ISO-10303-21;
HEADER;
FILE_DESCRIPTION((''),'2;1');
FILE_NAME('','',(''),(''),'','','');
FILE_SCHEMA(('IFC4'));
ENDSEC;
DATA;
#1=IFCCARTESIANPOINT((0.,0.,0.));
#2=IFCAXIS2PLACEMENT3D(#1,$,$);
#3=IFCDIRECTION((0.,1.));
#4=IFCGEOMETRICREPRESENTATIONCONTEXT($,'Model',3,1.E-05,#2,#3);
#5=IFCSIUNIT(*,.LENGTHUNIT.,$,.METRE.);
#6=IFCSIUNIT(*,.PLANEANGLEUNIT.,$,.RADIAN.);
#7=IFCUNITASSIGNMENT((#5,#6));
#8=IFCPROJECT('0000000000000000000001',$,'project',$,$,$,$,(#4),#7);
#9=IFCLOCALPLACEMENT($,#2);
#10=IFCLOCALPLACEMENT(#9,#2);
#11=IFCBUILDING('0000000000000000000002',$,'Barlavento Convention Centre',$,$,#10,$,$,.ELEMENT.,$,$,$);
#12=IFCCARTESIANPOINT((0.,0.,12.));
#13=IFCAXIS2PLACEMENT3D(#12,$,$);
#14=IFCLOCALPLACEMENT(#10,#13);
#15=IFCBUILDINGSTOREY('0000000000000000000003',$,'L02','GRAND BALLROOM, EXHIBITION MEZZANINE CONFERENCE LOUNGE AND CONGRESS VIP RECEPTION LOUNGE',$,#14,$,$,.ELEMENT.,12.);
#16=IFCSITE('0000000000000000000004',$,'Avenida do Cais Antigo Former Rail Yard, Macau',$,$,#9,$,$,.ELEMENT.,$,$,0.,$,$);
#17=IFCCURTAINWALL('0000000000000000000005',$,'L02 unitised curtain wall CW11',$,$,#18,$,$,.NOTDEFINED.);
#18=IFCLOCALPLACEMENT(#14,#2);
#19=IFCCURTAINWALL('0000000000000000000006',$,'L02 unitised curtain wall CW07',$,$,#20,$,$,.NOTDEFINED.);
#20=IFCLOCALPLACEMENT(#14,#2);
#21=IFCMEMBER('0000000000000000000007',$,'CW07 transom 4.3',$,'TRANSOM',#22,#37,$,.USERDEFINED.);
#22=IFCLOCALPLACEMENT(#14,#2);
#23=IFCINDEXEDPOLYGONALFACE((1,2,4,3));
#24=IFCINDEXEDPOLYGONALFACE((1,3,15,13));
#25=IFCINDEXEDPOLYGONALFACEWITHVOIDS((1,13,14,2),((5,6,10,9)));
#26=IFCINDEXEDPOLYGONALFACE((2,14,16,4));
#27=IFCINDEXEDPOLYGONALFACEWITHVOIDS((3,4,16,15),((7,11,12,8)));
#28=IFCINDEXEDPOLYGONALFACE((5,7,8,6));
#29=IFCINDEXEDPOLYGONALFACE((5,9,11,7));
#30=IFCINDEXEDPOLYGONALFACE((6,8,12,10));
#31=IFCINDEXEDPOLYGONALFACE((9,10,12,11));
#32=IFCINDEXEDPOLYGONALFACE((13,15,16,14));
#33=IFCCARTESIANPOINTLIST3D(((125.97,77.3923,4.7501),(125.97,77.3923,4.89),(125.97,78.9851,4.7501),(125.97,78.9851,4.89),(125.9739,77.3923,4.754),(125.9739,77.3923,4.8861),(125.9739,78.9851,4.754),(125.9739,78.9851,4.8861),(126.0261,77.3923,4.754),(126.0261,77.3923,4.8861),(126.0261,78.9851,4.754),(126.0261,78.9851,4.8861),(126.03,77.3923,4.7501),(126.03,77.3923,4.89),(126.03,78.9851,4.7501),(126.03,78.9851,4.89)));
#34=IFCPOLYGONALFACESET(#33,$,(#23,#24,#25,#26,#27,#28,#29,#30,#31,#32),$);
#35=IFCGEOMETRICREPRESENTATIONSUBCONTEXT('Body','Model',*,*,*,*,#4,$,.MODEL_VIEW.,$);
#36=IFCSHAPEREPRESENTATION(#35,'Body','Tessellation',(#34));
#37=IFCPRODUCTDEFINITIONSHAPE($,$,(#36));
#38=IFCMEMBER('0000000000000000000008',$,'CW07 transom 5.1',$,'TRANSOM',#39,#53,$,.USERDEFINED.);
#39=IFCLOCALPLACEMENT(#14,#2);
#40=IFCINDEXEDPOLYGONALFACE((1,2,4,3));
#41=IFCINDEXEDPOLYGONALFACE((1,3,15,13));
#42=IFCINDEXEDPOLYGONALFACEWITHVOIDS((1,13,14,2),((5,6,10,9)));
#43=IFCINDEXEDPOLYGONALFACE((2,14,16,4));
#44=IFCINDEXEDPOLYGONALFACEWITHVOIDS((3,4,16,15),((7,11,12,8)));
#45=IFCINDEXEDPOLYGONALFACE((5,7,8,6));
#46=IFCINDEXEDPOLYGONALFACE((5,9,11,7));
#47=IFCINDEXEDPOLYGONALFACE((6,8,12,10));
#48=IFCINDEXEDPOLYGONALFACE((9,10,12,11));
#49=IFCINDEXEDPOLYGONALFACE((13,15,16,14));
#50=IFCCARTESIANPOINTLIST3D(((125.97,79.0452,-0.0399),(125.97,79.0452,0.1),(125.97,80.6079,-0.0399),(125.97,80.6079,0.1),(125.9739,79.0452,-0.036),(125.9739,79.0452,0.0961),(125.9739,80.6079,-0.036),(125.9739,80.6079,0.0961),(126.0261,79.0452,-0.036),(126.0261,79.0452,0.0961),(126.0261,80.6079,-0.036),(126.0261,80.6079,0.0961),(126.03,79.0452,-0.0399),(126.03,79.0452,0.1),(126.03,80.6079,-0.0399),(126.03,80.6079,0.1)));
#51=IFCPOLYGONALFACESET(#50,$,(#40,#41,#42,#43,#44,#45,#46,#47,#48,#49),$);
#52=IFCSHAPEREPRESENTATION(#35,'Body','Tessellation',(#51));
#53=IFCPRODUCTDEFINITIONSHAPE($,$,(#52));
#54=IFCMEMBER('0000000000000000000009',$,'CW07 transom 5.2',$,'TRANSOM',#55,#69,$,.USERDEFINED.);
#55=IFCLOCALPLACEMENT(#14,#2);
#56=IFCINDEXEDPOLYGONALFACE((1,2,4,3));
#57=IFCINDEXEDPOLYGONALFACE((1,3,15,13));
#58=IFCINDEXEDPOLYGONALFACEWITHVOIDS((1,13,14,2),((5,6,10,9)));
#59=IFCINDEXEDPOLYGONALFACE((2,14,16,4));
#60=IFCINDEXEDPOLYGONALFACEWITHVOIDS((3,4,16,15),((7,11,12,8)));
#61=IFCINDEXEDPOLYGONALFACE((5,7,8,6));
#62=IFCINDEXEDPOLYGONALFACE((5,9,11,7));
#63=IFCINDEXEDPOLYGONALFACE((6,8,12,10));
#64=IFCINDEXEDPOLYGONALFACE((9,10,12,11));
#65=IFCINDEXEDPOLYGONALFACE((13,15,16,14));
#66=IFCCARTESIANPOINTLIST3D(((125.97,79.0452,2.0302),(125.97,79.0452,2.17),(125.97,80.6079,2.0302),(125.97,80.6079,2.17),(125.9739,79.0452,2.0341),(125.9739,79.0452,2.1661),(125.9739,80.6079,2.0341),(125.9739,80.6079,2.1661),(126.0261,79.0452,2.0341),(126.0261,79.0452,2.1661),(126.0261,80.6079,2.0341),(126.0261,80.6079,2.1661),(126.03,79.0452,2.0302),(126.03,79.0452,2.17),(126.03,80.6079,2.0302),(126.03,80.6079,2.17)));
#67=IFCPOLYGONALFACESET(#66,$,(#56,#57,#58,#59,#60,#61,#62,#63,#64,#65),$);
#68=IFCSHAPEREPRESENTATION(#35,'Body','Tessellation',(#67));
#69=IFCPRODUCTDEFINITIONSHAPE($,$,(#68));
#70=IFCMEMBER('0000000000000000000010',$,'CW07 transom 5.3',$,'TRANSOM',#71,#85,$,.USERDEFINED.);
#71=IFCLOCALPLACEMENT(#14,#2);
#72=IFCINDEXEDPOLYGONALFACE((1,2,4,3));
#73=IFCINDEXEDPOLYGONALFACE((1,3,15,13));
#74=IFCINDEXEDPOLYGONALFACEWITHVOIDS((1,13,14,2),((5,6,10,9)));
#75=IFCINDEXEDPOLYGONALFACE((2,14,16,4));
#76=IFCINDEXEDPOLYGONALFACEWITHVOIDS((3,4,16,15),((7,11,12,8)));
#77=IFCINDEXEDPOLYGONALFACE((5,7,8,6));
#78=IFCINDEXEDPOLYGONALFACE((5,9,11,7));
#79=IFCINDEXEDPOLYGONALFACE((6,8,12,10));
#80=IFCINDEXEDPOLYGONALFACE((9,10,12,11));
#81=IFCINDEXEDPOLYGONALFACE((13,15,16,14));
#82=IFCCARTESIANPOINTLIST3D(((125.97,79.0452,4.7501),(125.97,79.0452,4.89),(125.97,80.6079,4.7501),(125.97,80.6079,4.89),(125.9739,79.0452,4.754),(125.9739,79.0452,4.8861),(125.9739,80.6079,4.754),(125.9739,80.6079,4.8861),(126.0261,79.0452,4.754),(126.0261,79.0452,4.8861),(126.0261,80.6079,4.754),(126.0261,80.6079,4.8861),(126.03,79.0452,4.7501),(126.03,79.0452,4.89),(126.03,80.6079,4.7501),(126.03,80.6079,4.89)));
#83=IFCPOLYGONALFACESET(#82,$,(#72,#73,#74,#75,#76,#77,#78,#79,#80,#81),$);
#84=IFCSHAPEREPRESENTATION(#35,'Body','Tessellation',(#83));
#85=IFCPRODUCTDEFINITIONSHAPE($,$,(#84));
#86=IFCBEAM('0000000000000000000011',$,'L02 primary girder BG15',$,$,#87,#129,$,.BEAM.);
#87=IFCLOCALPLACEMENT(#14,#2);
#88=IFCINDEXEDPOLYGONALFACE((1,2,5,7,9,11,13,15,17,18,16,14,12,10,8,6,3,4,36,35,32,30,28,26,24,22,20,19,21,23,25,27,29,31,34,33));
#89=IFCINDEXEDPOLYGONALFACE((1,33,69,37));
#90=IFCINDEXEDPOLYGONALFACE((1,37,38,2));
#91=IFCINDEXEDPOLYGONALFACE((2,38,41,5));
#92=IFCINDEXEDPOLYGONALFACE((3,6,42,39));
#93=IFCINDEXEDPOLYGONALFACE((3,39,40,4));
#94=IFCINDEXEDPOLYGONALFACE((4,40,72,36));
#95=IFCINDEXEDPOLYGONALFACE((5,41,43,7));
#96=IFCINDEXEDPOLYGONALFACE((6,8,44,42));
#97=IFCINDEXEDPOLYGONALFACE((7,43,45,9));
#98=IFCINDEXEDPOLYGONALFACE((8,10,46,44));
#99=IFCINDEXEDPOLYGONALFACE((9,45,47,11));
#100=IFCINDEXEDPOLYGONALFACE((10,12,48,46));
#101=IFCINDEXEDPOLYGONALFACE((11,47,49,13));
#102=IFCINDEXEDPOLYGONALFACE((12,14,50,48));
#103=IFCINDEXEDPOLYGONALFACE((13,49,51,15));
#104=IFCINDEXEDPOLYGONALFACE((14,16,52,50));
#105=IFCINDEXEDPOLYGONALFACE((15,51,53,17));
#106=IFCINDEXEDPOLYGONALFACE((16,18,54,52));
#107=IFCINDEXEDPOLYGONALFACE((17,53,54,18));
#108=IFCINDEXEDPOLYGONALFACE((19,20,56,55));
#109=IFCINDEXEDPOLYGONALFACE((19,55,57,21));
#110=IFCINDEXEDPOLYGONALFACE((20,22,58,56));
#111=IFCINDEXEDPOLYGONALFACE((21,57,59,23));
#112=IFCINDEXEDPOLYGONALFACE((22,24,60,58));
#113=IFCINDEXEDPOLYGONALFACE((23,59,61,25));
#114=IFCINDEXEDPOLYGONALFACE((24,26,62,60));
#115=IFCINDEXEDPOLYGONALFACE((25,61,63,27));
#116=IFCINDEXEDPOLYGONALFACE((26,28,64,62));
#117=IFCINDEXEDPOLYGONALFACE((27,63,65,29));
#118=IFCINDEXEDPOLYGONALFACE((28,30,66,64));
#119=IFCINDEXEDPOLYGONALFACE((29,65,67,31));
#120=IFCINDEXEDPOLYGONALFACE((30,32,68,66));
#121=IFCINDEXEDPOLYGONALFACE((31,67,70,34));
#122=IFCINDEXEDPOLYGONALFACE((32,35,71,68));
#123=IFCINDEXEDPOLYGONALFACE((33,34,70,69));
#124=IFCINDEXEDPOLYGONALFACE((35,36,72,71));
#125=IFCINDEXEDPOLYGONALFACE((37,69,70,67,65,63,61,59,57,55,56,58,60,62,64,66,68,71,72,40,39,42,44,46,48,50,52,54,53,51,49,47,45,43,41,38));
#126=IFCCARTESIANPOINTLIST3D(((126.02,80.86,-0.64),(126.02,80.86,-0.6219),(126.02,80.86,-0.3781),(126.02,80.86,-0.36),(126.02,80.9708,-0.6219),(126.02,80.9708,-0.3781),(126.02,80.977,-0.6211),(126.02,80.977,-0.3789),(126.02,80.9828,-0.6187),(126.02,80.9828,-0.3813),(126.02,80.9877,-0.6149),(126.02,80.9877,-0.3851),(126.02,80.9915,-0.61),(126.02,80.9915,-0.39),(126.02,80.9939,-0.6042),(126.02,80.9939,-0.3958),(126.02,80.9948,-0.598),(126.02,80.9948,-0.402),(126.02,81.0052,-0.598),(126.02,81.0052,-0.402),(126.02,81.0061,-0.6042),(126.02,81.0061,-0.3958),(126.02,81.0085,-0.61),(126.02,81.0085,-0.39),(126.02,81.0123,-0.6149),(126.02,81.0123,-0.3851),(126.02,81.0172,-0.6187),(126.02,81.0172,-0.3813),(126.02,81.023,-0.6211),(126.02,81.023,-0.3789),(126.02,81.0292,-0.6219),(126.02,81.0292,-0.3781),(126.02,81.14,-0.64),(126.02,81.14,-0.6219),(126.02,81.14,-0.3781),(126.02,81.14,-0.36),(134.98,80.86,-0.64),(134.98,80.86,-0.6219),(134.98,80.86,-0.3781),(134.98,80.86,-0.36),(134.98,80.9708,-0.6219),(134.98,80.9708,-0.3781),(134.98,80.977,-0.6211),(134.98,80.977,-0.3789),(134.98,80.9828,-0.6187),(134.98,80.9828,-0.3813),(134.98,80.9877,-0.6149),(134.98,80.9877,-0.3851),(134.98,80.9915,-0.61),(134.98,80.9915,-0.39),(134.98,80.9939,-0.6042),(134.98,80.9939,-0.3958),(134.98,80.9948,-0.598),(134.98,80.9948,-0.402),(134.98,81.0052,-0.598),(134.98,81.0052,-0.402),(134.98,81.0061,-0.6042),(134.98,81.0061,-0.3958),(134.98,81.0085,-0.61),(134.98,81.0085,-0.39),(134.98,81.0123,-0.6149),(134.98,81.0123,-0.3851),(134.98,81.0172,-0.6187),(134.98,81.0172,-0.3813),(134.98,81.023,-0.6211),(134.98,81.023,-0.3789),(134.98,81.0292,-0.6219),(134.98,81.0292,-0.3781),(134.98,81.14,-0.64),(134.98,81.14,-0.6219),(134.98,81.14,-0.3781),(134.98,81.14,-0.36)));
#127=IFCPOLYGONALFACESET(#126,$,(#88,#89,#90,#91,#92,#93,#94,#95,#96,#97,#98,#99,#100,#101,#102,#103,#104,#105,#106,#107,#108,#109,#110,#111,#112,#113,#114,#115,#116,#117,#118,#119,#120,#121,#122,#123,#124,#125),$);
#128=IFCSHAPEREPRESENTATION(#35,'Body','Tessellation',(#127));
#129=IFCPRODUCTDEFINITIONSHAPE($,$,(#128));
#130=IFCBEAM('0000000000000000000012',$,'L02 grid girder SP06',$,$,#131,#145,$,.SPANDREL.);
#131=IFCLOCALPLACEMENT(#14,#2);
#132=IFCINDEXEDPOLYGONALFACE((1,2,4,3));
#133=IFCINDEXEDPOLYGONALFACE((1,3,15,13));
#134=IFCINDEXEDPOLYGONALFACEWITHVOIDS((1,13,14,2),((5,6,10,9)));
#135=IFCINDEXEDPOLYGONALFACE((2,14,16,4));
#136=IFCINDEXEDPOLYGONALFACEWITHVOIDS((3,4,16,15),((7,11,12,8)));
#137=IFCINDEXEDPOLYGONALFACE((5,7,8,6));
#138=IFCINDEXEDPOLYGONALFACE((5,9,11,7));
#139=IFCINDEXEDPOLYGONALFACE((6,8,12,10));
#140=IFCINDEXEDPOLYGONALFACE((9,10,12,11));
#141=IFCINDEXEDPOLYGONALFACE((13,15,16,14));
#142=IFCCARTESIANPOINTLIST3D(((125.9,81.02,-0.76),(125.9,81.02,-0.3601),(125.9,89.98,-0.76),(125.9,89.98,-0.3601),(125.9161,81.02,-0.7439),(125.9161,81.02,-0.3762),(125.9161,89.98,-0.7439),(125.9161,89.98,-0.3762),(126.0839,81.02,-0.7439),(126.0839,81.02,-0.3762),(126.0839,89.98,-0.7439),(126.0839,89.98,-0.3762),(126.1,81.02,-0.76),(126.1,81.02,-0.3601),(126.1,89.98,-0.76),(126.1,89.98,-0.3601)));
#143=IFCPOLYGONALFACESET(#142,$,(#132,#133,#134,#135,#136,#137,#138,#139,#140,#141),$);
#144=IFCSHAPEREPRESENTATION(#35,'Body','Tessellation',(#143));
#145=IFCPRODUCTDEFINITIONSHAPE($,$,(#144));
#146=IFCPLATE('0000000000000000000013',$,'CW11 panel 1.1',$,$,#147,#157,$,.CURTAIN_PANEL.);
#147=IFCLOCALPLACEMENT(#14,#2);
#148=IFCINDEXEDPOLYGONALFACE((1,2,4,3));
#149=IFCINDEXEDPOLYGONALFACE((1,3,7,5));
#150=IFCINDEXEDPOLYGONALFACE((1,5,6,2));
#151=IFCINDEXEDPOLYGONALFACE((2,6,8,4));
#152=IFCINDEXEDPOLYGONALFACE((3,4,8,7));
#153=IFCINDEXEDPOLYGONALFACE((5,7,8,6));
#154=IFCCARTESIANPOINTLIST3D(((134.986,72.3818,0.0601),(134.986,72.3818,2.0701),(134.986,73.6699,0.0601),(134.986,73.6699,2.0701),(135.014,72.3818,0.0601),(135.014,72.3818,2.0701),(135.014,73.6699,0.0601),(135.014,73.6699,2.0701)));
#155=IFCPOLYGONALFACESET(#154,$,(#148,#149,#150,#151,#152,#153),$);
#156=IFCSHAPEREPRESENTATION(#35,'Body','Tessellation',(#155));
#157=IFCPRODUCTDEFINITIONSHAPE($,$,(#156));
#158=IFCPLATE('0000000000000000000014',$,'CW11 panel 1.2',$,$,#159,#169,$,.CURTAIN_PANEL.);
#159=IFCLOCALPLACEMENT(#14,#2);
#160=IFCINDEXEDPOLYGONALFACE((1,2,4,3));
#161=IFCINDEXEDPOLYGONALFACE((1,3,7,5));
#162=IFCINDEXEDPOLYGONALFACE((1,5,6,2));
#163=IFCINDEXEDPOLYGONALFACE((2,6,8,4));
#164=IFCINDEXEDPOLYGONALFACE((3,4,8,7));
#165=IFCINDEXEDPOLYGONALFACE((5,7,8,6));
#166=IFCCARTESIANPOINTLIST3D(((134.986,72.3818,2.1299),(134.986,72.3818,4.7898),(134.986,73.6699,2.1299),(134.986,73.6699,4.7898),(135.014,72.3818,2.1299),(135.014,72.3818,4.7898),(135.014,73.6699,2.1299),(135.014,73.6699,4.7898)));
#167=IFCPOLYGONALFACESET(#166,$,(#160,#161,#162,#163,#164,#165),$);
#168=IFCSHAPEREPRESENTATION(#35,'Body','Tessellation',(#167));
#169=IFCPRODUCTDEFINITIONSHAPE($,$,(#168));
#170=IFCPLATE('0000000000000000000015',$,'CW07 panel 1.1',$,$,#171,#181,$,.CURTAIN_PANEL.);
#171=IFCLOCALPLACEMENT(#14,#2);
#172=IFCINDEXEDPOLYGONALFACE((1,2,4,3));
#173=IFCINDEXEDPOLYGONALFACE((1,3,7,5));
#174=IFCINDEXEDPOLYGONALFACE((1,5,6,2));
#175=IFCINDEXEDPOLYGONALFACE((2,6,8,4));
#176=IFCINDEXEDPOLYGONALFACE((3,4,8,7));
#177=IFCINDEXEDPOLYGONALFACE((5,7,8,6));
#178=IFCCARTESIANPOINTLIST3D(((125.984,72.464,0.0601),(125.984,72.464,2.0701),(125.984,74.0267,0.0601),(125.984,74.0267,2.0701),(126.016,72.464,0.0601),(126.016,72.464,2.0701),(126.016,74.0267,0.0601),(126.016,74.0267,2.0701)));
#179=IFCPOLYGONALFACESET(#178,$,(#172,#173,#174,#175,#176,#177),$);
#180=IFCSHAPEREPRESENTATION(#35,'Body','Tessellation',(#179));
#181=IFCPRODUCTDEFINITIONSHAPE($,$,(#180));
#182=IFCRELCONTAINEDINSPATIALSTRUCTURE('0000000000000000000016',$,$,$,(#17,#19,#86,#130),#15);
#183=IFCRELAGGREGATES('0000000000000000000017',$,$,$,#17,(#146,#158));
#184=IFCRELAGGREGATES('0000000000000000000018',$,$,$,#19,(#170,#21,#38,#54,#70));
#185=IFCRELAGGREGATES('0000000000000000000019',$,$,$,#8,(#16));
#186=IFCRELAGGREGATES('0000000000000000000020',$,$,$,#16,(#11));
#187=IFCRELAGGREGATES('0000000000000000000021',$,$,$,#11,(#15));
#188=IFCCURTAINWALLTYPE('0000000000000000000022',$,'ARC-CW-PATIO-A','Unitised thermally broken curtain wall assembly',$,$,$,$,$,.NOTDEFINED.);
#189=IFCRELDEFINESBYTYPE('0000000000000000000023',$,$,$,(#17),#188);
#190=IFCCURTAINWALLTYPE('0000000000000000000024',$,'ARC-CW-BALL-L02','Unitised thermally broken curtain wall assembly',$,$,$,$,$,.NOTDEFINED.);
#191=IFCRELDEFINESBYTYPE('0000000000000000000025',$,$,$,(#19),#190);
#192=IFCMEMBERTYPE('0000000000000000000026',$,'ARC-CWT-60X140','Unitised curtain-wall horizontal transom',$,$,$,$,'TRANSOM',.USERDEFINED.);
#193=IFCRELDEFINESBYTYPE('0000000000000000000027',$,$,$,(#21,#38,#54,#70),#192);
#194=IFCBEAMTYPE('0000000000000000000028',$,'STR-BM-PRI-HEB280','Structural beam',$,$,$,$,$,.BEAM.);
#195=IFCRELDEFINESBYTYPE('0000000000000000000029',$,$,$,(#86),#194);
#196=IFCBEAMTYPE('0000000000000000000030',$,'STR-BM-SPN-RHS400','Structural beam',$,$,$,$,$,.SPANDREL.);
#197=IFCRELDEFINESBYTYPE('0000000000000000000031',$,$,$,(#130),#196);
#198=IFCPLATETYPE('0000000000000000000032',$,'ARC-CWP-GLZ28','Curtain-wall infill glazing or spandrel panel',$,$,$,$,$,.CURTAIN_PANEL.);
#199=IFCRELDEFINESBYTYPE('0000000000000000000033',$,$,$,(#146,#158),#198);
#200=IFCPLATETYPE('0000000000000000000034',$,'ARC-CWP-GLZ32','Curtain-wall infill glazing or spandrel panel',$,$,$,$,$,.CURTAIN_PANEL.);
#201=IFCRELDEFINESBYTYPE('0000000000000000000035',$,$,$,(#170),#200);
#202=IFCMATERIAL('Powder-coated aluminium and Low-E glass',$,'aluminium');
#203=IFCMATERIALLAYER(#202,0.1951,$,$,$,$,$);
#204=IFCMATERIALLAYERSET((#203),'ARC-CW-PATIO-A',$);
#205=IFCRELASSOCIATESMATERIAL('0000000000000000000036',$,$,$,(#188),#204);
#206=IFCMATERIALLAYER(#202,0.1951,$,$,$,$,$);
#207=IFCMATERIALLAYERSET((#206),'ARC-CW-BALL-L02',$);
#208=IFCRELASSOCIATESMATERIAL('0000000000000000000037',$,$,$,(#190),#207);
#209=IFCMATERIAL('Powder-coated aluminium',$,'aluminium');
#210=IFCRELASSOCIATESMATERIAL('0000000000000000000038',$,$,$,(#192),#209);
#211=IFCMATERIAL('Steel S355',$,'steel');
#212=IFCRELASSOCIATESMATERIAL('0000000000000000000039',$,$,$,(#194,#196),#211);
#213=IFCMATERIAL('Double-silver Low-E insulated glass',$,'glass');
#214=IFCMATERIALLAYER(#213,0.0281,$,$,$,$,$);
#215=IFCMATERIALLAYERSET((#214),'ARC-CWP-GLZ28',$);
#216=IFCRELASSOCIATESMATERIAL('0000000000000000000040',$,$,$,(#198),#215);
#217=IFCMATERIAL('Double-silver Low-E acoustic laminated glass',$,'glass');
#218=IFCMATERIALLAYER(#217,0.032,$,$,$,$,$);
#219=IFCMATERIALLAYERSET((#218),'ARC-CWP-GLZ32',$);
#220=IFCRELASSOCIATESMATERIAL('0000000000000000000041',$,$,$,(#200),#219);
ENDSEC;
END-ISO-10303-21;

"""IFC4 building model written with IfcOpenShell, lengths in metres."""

from ifc_helpers import new_model, si_unit, direction, frame, origin, origin_2d, place, context, subcontext, project, spatial, rectangle, hollow_rectangle, i_section, extrude, material, layer, layer_set, material_profile, profile_set, type_object, element, aggregate, save


model = new_model("IFC4")

# Units and contexts
model_context = context("Model", 3, precision=1e-05, world=origin(), true_north=direction((0.0, 1.0)))
body_context = subcontext(model_context, "Body", "Model", "MODEL_VIEW")
ifc_project = project(units=[si_unit("LENGTHUNIT", "METRE"), si_unit("PLANEANGLEUNIT", "RADIAN")], contexts=[model_context])

# Site, building, storey
site_placement = place(None, origin())
site = spatial("IfcSite", under=ifc_project, at=site_placement, Name="Avenida do Cais Antigo Former Rail Yard, Macau", CompositionType="ELEMENT", RefElevation=0.0)
building_placement = place(site_placement, origin())
building = spatial("IfcBuilding", under=site, at=building_placement, Name="Barlavento Convention Centre", CompositionType="ELEMENT")
storey_placement = place(building_placement, frame((0.0, 0.0, 12.0)))
storey = spatial("IfcBuildingStorey", under=building, at=storey_placement, Name="L02", Description="GRAND BALLROOM, EXHIBITION MEZZANINE CONFERENCE LOUNGE AND CONGRESS VIP RECEPTION LOUNGE", CompositionType="ELEMENT", Elevation=12.0)

# Curtain wall
ifc_material_1 = material(Name="Powder-coated aluminium and Low-E glass", Category="aluminium")
ifc_layer_1 = layer(ifc_material_1, 0.1951)
ifc_layer_set_1 = layer_set([ifc_layer_1], Name="ARC-CW-PATIO-A")
curtain_wall_type_1 = type_object("IfcCurtainWallType", Name="ARC-CW-PATIO-A", Description="Unitised thermally broken curtain wall assembly", PredefinedType="NOTDEFINED", material=ifc_layer_set_1)
curtain_wall_1_placement = place(storey_placement, origin())
curtain_wall_1 = element("IfcCurtainWall", 1, at=curtain_wall_1_placement, inside=storey, type_object=curtain_wall_type_1, Name="L02 unitised curtain wall CW11", PredefinedType="NOTDEFINED")
ifc_material_2 = material(Name="Powder-coated aluminium", Category="aluminium")

# Curtain wall
ifc_layer_2 = layer(ifc_material_1, 0.1951)
ifc_layer_set_2 = layer_set([ifc_layer_2], Name="ARC-CW-BALL-L02")
curtain_wall_type_2 = type_object("IfcCurtainWallType", Name="ARC-CW-BALL-L02", Description="Unitised thermally broken curtain wall assembly", PredefinedType="NOTDEFINED", material=ifc_layer_set_2)
curtain_wall_2_placement = place(storey_placement, origin())
curtain_wall_2 = element("IfcCurtainWall", 2, at=curtain_wall_2_placement, inside=storey, type_object=curtain_wall_type_2, Name="L02 unitised curtain wall CW07", PredefinedType="NOTDEFINED")

# Members
ifc_material_profile_1 = material_profile(ifc_material_2, hollow_rectangle(XDim=0.0601, YDim=0.1399, WallThickness=0.0039, at=origin_2d()), Name="AL-TRAN 60x140x4")
ifc_profile_set_1 = profile_set([ifc_material_profile_1], Name="Powder-coated aluminium")
member_type_1 = type_object("IfcMemberType", Name="ARC-CWT-60X140", Description="Unitised curtain-wall horizontal transom", ElementType="TRANSOM", PredefinedType="USERDEFINED", material=ifc_profile_set_1)
member_1_placement = place(storey_placement, frame((126.0, 77.3923, 4.8201), z_axis=(0.0, 1.0, 0.0), x_axis=(-1.0, 0.0, 0.0)))
member_1 = element("IfcMember", 3, at=member_1_placement, type_object=member_type_1, Name="CW07 transom 4.3", ObjectType="TRANSOM", PredefinedType="USERDEFINED", context=body_context, shape_type="SweptSolid", body=[
    extrude(hollow_rectangle(XDim=0.0601, YDim=0.1399, WallThickness=0.0039, at=origin_2d()), origin(), (0.0, 0.0, 1.0), 1.5928),
])
member_2_placement = place(storey_placement, frame((126.0, 79.0452, 0.03), z_axis=(0.0, 1.0, 0.0), x_axis=(-1.0, 0.0, 0.0)))
member_2 = element("IfcMember", 4, at=member_2_placement, type_object=member_type_1, Name="CW07 transom 5.1", ObjectType="TRANSOM", PredefinedType="USERDEFINED", context=body_context, shape_type="SweptSolid", body=[
    extrude(hollow_rectangle(XDim=0.0601, YDim=0.1399, WallThickness=0.0039, at=origin_2d()), origin(), (0.0, 0.0, 1.0), 1.5627),
])
member_3_placement = place(storey_placement, frame((126.0, 79.0452, 2.1001), z_axis=(0.0, 1.0, 0.0), x_axis=(-1.0, 0.0, 0.0)))
member_3 = element("IfcMember", 5, at=member_3_placement, type_object=member_type_1, Name="CW07 transom 5.2", ObjectType="TRANSOM", PredefinedType="USERDEFINED", context=body_context, shape_type="SweptSolid", body=[
    extrude(hollow_rectangle(XDim=0.0601, YDim=0.1399, WallThickness=0.0039, at=origin_2d()), origin(), (0.0, 0.0, 1.0), 1.5627),
])
member_4_placement = place(storey_placement, frame((126.0, 79.0452, 4.8201), z_axis=(0.0, 1.0, 0.0), x_axis=(-1.0, 0.0, 0.0)))
member_4 = element("IfcMember", 6, at=member_4_placement, type_object=member_type_1, Name="CW07 transom 5.3", ObjectType="TRANSOM", PredefinedType="USERDEFINED", context=body_context, shape_type="SweptSolid", body=[
    extrude(hollow_rectangle(XDim=0.0601, YDim=0.1399, WallThickness=0.0039, at=origin_2d()), origin(), (0.0, 0.0, 1.0), 1.5627),
])

# Beams
ifc_material_3 = material(Name="Steel S355", Category="steel")
ifc_material_profile_2 = material_profile(ifc_material_3, i_section(OverallWidth=0.28, OverallDepth=0.28, WebThickness=0.0105, FlangeThickness=0.0181, FilletRadius=0.0239, at=origin_2d()), Name="HEB 280")
ifc_profile_set_2 = profile_set([ifc_material_profile_2], Name="Steel S355")
beam_type_1 = type_object("IfcBeamType", Name="STR-BM-PRI-HEB280", Description="Structural beam", PredefinedType="BEAM", material=ifc_profile_set_2)
beam_1_placement = place(storey_placement, frame((126.02, 81.0, -0.5), z_axis=(1.0, 0.0, 0.0), x_axis=(0.0, 1.0, 0.0)))
element("IfcBeam", 7, at=beam_1_placement, inside=storey, type_object=beam_type_1, Name="L02 primary girder BG15", PredefinedType="BEAM", context=body_context, shape_type="SweptSolid", body=[
    extrude(i_section(OverallWidth=0.28, OverallDepth=0.28, WebThickness=0.0105, FlangeThickness=0.0181, FilletRadius=0.0239, at=origin_2d()), origin(), (0.0, 0.0, 1.0), 8.96),
])
ifc_material_profile_3 = material_profile(ifc_material_3, hollow_rectangle(XDim=0.2, YDim=0.3999, WallThickness=0.0161, at=origin_2d()), Name="RHS 400x200x16.0")
ifc_profile_set_3 = profile_set([ifc_material_profile_3], Name="Steel S355")
beam_type_2 = type_object("IfcBeamType", Name="STR-BM-SPN-RHS400", Description="Structural beam", PredefinedType="SPANDREL", material=ifc_profile_set_3)
beam_2_placement = place(storey_placement, frame((126.0, 81.02, -0.5601), z_axis=(0.0, 1.0, 0.0), x_axis=(-1.0, 0.0, 0.0)))
element("IfcBeam", 8, at=beam_2_placement, inside=storey, type_object=beam_type_2, Name="L02 grid girder SP06", PredefinedType="SPANDREL", context=body_context, shape_type="SweptSolid", body=[
    extrude(hollow_rectangle(XDim=0.2, YDim=0.3999, WallThickness=0.0161, at=origin_2d()), origin(), (0.0, 0.0, 1.0), 8.96),
])

# Plates
ifc_material_4 = material(Name="Double-silver Low-E insulated glass", Category="glass")
ifc_layer_3 = layer(ifc_material_4, 0.0281)
ifc_layer_set_3 = layer_set([ifc_layer_3], Name="ARC-CWP-GLZ28")
plate_type_1 = type_object("IfcPlateType", Name="ARC-CWP-GLZ28", Description="Curtain-wall infill glazing or spandrel panel", PredefinedType="CURTAIN_PANEL", material=ifc_layer_set_3)
plate_1_placement = place(storey_placement, frame((135.0, 73.0259, 0.0601), z_axis=(0.0, 0.0, 1.0), x_axis=(0.0, 1.0, 0.0)))
plate_1 = element("IfcPlate", 9, at=plate_1_placement, type_object=plate_type_1, Name="CW11 panel 1.1", PredefinedType="CURTAIN_PANEL", context=body_context, shape_type="SweptSolid", body=[
    extrude(rectangle(XDim=1.2881, YDim=0.0281, at=origin_2d()), origin(), (0.0, 0.0, 1.0), 2.01),
])
plate_2_placement = place(storey_placement, frame((135.0, 73.0259, 2.1299), z_axis=(0.0, 0.0, 1.0), x_axis=(0.0, 1.0, 0.0)))
plate_2 = element("IfcPlate", 10, at=plate_2_placement, type_object=plate_type_1, Name="CW11 panel 1.2", PredefinedType="CURTAIN_PANEL", context=body_context, shape_type="SweptSolid", body=[
    extrude(rectangle(XDim=1.2881, YDim=0.0281, at=origin_2d()), origin(), (0.0, 0.0, 1.0), 2.6599),
])
aggregate(curtain_wall_1, [plate_1, plate_2])
ifc_material_5 = material(Name="Double-silver Low-E acoustic laminated glass", Category="glass")
ifc_layer_4 = layer(ifc_material_5, 0.032)
ifc_layer_set_4 = layer_set([ifc_layer_4], Name="ARC-CWP-GLZ32")
plate_type_2 = type_object("IfcPlateType", Name="ARC-CWP-GLZ32", Description="Curtain-wall infill glazing or spandrel panel", PredefinedType="CURTAIN_PANEL", material=ifc_layer_set_4)
plate_3_placement = place(storey_placement, frame((126.0, 73.2454, 0.0601), z_axis=(0.0, 0.0, 1.0), x_axis=(0.0, 1.0, 0.0)))
plate_3 = element("IfcPlate", 11, at=plate_3_placement, type_object=plate_type_2, Name="CW07 panel 1.1", PredefinedType="CURTAIN_PANEL", context=body_context, shape_type="SweptSolid", body=[
    extrude(rectangle(XDim=1.5627, YDim=0.032, at=origin_2d()), origin(), (0.0, 0.0, 1.0), 2.01),
])
aggregate(curtain_wall_2, [plate_3, member_1, member_2, member_3, member_4])

save(model, "model.ifc")
